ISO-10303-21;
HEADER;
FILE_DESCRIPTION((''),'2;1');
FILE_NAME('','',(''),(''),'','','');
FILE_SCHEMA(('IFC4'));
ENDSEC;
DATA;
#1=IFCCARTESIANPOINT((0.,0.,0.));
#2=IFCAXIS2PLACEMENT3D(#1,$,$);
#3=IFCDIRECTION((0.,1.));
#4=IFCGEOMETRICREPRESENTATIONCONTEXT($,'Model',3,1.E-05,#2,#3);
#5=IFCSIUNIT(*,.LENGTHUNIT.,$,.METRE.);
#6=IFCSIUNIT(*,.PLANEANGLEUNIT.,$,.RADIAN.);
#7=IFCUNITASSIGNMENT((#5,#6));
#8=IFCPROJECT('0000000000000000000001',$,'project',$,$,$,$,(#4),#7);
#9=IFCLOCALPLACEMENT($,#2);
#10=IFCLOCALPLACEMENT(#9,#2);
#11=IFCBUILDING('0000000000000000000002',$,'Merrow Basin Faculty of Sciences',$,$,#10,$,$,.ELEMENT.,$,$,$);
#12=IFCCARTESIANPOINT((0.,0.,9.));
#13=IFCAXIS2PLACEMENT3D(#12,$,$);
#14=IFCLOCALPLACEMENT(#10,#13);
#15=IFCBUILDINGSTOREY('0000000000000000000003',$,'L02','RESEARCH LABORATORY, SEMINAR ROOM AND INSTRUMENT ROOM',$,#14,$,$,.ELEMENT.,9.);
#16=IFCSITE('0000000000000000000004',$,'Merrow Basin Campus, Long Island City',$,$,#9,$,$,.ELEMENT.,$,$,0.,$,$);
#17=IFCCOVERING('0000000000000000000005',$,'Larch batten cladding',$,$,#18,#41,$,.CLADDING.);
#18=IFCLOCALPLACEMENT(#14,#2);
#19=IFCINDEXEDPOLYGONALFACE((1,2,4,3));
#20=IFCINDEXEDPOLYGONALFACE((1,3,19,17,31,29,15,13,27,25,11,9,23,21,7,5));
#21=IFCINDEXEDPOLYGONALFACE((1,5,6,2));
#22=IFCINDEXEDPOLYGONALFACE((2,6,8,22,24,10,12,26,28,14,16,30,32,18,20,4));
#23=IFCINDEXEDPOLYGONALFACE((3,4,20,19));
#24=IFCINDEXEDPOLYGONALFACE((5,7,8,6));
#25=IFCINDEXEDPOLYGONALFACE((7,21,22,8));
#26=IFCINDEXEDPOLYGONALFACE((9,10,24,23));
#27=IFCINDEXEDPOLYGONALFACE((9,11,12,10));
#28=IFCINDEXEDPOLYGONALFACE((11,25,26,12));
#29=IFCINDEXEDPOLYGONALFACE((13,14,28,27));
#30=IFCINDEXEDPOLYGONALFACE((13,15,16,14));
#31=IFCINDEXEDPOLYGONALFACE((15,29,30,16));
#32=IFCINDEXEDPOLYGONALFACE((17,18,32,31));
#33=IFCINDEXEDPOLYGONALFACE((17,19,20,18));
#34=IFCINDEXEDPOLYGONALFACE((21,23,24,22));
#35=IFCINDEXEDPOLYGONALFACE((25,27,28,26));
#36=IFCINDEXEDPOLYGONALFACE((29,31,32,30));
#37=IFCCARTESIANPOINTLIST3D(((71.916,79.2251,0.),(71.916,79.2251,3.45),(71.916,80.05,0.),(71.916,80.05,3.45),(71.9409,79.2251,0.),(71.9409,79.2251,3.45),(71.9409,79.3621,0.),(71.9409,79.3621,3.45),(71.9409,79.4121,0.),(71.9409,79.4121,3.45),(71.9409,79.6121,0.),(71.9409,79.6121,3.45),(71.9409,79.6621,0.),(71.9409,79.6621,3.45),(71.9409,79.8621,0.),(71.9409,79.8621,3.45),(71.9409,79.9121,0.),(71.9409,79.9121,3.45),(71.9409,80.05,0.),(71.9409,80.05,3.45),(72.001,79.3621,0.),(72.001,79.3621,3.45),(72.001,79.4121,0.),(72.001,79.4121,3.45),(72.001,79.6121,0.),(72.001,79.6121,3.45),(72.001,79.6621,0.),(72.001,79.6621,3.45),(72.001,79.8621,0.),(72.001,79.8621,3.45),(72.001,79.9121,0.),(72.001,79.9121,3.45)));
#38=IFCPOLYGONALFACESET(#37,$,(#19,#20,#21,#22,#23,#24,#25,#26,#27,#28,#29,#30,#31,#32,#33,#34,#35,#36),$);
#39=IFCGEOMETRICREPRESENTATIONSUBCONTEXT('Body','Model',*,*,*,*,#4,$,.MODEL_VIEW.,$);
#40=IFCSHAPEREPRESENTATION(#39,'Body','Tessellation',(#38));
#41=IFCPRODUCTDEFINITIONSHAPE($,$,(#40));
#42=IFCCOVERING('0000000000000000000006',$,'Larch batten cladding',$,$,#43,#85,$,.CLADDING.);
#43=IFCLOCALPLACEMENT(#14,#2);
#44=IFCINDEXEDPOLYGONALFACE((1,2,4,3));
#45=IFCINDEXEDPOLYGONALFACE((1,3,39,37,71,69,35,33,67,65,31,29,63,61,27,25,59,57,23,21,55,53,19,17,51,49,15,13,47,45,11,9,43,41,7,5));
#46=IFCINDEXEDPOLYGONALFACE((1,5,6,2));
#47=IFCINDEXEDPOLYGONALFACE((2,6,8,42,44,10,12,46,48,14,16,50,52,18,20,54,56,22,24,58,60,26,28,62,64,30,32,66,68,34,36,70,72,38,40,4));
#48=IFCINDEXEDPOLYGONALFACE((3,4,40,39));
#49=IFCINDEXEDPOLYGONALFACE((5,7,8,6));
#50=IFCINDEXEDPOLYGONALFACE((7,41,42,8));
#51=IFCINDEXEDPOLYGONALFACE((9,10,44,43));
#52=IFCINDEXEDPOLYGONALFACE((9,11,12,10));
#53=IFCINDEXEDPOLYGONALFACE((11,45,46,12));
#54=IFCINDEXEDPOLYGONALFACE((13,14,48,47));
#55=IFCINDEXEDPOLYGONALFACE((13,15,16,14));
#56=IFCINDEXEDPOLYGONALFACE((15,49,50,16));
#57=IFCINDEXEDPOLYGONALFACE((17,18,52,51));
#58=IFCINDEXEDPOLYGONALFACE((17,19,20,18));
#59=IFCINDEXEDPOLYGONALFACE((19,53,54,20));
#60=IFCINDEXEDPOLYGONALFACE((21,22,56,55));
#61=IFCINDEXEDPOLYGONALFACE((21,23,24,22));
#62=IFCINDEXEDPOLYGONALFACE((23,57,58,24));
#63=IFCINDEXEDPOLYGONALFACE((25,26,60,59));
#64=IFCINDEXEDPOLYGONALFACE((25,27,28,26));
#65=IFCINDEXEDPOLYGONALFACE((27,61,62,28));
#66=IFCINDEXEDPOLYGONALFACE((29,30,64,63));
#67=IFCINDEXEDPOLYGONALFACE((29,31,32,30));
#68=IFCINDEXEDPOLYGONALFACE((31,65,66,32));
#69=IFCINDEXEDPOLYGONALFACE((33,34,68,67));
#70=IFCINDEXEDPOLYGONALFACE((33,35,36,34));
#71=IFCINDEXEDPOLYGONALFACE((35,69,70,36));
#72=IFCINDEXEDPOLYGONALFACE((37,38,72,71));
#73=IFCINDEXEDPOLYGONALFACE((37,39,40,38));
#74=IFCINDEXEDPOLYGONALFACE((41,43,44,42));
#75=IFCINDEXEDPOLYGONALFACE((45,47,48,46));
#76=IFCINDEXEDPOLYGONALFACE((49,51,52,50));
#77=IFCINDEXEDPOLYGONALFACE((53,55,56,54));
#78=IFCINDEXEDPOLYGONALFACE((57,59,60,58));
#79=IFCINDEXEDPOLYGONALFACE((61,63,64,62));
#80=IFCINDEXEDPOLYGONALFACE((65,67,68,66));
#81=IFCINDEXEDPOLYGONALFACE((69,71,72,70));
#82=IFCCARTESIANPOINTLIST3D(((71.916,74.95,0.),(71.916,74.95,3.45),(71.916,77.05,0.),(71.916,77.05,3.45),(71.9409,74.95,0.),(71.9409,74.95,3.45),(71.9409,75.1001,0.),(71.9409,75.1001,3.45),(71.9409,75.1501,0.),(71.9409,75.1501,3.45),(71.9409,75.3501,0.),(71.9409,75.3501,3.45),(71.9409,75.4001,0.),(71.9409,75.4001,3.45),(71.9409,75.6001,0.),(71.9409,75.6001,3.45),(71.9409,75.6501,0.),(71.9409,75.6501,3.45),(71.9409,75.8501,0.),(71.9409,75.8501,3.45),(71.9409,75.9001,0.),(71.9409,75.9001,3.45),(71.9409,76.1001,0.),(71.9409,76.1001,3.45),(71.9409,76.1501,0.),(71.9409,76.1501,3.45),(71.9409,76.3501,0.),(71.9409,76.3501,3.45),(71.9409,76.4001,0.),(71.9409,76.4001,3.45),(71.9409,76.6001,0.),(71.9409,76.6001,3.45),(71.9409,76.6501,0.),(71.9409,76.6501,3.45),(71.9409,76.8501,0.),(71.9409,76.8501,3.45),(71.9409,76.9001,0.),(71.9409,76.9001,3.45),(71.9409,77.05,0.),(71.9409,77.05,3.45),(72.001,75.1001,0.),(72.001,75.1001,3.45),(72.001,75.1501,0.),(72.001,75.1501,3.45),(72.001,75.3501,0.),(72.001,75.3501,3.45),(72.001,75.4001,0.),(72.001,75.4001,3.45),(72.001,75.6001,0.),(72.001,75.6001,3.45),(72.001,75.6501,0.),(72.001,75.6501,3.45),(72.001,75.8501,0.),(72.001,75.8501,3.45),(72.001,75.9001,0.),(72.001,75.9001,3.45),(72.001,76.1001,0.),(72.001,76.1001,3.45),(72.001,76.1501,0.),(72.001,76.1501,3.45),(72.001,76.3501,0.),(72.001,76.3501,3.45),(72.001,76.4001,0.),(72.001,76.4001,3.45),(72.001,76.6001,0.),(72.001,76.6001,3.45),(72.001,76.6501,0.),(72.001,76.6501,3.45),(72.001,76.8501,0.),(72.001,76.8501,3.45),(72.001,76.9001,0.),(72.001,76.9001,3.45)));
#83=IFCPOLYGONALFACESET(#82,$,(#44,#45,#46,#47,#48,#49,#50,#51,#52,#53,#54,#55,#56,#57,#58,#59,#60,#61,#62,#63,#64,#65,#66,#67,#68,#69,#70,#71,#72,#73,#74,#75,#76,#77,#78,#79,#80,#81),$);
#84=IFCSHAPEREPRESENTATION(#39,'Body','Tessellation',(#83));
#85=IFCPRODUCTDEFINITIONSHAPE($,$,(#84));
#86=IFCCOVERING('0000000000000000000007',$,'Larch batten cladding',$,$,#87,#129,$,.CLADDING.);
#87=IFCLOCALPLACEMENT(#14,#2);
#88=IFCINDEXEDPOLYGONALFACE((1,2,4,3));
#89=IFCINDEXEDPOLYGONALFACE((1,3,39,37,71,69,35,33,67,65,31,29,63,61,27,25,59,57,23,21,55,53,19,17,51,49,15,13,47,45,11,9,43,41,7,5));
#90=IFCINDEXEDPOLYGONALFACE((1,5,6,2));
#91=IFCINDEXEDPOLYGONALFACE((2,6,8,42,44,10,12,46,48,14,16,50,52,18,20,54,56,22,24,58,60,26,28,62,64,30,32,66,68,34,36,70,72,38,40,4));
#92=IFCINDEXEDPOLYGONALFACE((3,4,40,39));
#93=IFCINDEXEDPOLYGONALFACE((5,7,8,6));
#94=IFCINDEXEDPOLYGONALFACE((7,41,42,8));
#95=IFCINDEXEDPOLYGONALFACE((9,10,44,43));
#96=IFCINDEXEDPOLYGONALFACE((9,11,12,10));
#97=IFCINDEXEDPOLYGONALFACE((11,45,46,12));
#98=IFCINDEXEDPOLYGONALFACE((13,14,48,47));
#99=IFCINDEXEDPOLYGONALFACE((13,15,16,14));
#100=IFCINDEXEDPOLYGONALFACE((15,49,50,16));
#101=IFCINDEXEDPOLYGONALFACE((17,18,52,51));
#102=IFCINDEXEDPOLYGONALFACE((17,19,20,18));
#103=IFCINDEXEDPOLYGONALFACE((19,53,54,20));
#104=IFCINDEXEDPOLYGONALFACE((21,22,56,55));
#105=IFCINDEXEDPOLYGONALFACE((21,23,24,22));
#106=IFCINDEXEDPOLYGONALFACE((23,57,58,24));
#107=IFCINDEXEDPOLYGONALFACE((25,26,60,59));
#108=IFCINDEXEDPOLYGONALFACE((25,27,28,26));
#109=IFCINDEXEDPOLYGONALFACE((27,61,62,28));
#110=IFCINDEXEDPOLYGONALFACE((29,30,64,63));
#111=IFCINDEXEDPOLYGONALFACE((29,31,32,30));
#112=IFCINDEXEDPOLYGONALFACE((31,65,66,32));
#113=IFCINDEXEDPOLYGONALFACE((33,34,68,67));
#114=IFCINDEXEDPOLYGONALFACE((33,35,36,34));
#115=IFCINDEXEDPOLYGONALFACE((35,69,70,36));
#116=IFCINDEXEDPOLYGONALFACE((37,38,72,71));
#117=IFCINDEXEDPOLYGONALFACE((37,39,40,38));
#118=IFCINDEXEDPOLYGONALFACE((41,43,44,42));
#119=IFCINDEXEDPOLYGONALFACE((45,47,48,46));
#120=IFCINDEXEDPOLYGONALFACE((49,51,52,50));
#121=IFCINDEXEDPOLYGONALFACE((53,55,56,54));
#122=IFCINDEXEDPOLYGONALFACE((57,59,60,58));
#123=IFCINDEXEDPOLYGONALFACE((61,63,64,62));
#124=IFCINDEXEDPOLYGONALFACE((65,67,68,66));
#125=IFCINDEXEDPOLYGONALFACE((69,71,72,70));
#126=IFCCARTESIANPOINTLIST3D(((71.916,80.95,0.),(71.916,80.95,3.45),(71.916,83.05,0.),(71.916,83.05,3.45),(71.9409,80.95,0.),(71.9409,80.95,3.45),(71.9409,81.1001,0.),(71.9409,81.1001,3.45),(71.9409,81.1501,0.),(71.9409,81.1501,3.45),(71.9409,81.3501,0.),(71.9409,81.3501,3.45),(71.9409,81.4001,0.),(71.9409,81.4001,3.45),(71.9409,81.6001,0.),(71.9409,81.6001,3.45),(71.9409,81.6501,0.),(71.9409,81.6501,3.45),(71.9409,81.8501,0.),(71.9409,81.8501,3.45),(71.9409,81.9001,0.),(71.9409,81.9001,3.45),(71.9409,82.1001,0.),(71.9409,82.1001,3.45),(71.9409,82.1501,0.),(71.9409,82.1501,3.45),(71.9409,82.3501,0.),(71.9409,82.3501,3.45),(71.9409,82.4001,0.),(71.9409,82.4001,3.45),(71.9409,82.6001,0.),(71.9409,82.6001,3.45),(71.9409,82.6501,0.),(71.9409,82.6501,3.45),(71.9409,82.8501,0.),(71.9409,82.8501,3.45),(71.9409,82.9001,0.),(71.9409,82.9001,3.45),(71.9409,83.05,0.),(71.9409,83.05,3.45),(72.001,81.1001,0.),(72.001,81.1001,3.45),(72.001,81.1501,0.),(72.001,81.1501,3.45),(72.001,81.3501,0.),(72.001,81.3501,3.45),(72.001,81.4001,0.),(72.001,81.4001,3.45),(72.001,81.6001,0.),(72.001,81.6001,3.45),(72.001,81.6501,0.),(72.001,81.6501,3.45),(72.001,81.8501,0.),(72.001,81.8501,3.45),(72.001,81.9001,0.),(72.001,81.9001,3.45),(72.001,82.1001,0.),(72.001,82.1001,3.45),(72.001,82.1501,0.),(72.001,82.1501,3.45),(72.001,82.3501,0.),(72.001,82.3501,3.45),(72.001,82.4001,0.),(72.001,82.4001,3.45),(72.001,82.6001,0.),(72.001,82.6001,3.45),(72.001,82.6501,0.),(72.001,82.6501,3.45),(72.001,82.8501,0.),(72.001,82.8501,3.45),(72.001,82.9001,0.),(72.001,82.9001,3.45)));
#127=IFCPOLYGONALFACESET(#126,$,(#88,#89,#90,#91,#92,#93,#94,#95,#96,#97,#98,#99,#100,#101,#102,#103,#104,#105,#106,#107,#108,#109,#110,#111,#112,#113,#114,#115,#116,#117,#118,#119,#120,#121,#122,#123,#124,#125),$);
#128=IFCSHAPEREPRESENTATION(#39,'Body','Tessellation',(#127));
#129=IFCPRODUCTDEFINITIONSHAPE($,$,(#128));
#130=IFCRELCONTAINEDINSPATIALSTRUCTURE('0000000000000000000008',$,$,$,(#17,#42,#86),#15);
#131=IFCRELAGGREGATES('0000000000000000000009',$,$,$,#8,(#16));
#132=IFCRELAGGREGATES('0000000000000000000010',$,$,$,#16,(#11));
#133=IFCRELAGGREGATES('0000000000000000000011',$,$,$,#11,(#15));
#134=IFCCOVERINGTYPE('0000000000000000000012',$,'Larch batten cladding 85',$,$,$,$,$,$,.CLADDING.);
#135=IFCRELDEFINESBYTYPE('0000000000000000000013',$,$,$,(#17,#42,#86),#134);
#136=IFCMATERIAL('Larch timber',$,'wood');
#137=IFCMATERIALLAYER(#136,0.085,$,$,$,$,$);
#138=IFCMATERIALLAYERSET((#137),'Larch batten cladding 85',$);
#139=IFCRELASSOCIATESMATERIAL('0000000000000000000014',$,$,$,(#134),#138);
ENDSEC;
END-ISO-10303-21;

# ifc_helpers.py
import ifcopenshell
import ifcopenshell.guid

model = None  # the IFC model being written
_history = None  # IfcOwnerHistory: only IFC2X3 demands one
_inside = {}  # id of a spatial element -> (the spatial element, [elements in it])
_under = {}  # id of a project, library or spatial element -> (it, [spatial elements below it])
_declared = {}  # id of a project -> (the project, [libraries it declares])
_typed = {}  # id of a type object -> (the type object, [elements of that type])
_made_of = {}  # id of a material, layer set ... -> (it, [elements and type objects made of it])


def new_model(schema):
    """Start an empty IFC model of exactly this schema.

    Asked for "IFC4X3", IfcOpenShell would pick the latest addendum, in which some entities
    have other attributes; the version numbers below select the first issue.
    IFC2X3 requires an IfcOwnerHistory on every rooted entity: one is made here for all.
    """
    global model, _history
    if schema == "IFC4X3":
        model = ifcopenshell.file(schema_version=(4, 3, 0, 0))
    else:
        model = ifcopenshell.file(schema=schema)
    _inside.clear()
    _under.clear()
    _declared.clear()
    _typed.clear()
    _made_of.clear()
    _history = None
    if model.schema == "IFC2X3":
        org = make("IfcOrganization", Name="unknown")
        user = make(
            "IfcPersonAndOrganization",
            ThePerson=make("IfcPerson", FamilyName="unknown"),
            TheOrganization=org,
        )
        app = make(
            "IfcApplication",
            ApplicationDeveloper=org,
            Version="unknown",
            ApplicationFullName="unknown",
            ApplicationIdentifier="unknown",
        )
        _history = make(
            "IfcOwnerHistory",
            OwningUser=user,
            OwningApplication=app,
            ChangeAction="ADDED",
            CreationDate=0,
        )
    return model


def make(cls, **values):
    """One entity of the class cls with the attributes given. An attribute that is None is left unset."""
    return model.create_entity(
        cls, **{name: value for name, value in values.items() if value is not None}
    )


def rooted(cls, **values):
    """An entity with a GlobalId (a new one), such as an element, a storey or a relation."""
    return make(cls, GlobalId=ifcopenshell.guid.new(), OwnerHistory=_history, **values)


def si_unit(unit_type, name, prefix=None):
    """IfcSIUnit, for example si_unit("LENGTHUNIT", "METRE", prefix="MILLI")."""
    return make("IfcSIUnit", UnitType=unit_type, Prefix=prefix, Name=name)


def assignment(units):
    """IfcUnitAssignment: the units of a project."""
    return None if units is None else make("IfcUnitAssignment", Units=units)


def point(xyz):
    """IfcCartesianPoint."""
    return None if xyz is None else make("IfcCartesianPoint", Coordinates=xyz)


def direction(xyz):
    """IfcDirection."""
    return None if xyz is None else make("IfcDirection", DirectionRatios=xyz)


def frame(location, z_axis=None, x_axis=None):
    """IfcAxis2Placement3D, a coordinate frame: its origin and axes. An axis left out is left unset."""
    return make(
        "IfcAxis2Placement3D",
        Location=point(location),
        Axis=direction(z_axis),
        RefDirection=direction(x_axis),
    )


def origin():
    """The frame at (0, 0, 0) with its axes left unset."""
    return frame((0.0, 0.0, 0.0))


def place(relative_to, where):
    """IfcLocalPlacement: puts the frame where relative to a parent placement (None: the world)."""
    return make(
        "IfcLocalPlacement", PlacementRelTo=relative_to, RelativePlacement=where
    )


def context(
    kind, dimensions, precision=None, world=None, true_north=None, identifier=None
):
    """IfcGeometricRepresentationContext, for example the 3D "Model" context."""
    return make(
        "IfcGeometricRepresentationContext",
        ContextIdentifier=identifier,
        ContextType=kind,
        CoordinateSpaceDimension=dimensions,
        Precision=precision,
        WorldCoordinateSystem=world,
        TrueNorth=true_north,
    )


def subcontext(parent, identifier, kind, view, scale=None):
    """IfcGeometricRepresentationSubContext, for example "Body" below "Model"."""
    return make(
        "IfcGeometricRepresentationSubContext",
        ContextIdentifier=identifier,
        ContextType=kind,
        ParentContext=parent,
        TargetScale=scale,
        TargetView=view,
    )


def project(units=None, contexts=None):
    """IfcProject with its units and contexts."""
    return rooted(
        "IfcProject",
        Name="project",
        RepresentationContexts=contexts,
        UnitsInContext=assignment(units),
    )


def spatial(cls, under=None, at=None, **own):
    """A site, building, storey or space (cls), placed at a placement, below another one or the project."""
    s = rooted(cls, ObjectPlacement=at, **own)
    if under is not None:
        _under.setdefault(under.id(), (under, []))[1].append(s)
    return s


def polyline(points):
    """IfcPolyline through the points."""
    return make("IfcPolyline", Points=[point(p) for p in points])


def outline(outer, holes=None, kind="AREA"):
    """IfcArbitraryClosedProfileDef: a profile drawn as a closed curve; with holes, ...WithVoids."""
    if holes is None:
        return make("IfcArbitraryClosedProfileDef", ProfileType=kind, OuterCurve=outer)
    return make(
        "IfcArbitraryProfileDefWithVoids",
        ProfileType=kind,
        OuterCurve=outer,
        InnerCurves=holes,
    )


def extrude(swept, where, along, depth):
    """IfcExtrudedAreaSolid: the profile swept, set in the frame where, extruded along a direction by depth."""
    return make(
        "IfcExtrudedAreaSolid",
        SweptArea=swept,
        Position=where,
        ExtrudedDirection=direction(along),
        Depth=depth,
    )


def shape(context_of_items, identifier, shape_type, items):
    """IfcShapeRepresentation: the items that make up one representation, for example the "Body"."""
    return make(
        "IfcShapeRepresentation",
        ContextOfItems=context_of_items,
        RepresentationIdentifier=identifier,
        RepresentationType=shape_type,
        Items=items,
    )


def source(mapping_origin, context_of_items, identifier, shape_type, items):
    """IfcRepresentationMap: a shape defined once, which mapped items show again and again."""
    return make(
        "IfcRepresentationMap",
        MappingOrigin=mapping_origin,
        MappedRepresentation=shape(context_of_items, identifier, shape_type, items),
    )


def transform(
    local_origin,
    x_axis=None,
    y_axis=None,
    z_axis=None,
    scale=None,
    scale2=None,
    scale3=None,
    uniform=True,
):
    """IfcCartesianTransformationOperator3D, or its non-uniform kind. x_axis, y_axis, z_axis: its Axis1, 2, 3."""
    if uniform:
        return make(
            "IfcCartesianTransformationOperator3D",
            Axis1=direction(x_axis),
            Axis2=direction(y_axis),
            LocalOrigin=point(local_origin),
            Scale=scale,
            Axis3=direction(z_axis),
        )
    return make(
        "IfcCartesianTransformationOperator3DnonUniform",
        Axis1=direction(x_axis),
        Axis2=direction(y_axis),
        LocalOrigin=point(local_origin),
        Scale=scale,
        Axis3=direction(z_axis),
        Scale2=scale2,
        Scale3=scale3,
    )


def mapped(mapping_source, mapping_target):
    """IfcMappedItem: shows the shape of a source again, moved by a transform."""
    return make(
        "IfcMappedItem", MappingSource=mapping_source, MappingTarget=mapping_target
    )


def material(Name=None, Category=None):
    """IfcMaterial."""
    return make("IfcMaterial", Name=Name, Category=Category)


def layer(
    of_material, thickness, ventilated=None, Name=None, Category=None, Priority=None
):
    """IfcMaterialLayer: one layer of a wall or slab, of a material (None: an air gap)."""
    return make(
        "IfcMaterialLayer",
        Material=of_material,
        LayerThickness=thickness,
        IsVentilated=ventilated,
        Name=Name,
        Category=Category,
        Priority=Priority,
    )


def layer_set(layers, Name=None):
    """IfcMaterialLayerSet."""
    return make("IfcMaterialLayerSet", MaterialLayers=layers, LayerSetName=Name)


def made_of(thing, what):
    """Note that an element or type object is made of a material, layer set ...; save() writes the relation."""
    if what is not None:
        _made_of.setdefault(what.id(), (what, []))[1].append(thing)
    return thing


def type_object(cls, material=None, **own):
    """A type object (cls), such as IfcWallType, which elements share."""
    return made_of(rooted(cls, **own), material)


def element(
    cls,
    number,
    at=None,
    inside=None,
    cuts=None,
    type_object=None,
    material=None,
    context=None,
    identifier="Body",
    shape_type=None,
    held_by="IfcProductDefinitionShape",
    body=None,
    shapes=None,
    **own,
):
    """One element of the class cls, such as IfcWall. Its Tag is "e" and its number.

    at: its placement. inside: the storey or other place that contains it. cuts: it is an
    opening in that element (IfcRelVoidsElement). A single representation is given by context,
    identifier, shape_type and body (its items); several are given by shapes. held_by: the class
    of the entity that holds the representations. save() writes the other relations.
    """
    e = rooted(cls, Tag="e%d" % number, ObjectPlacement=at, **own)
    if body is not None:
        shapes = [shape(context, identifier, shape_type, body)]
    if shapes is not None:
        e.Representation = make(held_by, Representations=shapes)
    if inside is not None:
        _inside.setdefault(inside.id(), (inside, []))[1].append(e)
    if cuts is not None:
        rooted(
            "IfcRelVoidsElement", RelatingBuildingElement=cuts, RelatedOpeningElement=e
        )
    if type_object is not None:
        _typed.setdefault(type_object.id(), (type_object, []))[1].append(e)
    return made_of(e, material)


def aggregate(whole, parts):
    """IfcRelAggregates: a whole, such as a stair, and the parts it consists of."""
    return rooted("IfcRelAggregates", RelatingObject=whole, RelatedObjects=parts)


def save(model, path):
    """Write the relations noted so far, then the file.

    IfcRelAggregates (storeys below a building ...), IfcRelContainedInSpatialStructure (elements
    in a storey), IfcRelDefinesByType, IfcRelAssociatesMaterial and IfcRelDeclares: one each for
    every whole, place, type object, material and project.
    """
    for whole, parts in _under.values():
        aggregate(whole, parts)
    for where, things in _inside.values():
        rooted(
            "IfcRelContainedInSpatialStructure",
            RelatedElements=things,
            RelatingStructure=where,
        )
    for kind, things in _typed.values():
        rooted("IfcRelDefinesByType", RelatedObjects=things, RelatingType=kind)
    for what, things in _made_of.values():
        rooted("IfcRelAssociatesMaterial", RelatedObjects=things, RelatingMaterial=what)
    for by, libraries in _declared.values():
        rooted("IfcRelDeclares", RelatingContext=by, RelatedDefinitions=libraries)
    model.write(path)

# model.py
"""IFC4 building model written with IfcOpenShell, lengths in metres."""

from ifc_helpers import new_model, si_unit, direction, frame, origin, place, context, subcontext, project, spatial, polyline, outline, extrude, source, transform, mapped, material, layer, layer_set, type_object, element, save


model = new_model("IFC4")

# Units and contexts
model_context = context("Model", 3, precision=1e-05, world=origin(), true_north=direction((0.0, 1.0)))
body_context = subcontext(model_context, "Body", "Model", "MODEL_VIEW")
ifc_project = project(units=[si_unit("LENGTHUNIT", "METRE"), si_unit("PLANEANGLEUNIT", "RADIAN")], contexts=[model_context])

# Site, building, storey
site_placement = place(None, origin())
site = spatial("IfcSite", under=ifc_project, at=site_placement, Name="Merrow Basin Campus, Long Island City", CompositionType="ELEMENT", RefElevation=0.0)
building_placement = place(site_placement, origin())
building = spatial("IfcBuilding", under=site, at=building_placement, Name="Merrow Basin Faculty of Sciences", CompositionType="ELEMENT")
storey_placement = place(building_placement, frame((0.0, 0.0, 9.0)))
storey = spatial("IfcBuildingStorey", under=building, at=storey_placement, Name="L02", Description="RESEARCH LABORATORY, SEMINAR ROOM AND INSTRUMENT ROOM", CompositionType="ELEMENT", Elevation=9.0)

# Coverings
ifc_material_1 = material(Name="Larch timber", Category="wood")
ifc_layer_1 = layer(ifc_material_1, 0.085)
ifc_layer_set_1 = layer_set([ifc_layer_1], Name="Larch batten cladding 85")
covering_type = type_object("IfcCoveringType", Name="Larch batten cladding 85", PredefinedType="CLADDING", material=ifc_layer_set_1)
shared_shape_1 = source(origin(), body_context, "Body", "SweptSolid", [
    extrude(outline(polyline([(0.0, 0.0), (0.825, 0.0), (0.825, 0.0249), (0.688, 0.0249), (0.688, 0.085), (0.6379, 0.085), (0.6379, 0.0249), (0.438, 0.0249), (0.438, 0.085), (0.3879, 0.085), (0.3879, 0.0249), (0.188, 0.0249), (0.188, 0.085), (0.1379, 0.085), (0.1379, 0.0249), (0.0, 0.0249), (0.0, 0.0)])), origin(), (0.0, 0.0, 1.0), 3.45),
])
for number, where, z_axis, x_axis, name in (
    (1, (71.916, 80.05, 0.0), (0.0, 0.0, 1.0), (0.0, -1.0, 0.0), "Larch batten cladding"),
):
    element("IfcCovering", number, at=place(storey_placement, frame(where, z_axis=z_axis, x_axis=x_axis)), inside=storey, type_object=covering_type, Name=name, PredefinedType="CLADDING", context=body_context, shape_type="MappedRepresentation", body=[
        mapped(shared_shape_1, transform((0.0, 0.0, 0.0), scale=1.0)),
    ])
shared_shape_2 = source(origin(), body_context, "Body", "SweptSolid", [
    extrude(outline(polyline([(0.0, 0.0), (2.1001, 0.0), (2.1001, 0.0249), (1.95, 0.0249), (1.95, 0.085), (1.8999, 0.085), (1.8999, 0.0249), (1.7, 0.0249), (1.7, 0.085), (1.6499, 0.085), (1.6499, 0.0249), (1.45, 0.0249), (1.45, 0.085), (1.3999, 0.085), (1.3999, 0.0249), (1.2, 0.0249), (1.2, 0.085), (1.1499, 0.085), (1.1499, 0.0249), (0.95, 0.0249), (0.95, 0.085), (0.8999, 0.085), (0.8999, 0.0249), (0.7, 0.0249), (0.7, 0.085), (0.6499, 0.085), (0.6499, 0.0249), (0.45, 0.0249), (0.45, 0.085), (0.3999, 0.085), (0.3999, 0.0249), (0.2, 0.0249), (0.2, 0.085), (0.1499, 0.085), (0.1499, 0.0249), (0.0, 0.0249), (0.0, 0.0)])), origin(), (0.0, 0.0, 1.0), 3.45),
])
for number, where, z_axis, x_axis, name in (
    (2, (71.916, 77.05, 0.0), (0.0, 0.0, 1.0), (0.0, -1.0, 0.0), "Larch batten cladding"),
    (3, (71.916, 83.05, 0.0), (0.0, 0.0, 1.0), (0.0, -1.0, 0.0), "Larch batten cladding"),
):
    element("IfcCovering", number, at=place(storey_placement, frame(where, z_axis=z_axis, x_axis=x_axis)), inside=storey, type_object=covering_type, Name=name, PredefinedType="CLADDING", context=body_context, shape_type="MappedRepresentation", body=[
        mapped(shared_shape_2, transform((0.0, 0.0, 0.0), scale=1.0)),
    ])

save(model, "model.ifc")
